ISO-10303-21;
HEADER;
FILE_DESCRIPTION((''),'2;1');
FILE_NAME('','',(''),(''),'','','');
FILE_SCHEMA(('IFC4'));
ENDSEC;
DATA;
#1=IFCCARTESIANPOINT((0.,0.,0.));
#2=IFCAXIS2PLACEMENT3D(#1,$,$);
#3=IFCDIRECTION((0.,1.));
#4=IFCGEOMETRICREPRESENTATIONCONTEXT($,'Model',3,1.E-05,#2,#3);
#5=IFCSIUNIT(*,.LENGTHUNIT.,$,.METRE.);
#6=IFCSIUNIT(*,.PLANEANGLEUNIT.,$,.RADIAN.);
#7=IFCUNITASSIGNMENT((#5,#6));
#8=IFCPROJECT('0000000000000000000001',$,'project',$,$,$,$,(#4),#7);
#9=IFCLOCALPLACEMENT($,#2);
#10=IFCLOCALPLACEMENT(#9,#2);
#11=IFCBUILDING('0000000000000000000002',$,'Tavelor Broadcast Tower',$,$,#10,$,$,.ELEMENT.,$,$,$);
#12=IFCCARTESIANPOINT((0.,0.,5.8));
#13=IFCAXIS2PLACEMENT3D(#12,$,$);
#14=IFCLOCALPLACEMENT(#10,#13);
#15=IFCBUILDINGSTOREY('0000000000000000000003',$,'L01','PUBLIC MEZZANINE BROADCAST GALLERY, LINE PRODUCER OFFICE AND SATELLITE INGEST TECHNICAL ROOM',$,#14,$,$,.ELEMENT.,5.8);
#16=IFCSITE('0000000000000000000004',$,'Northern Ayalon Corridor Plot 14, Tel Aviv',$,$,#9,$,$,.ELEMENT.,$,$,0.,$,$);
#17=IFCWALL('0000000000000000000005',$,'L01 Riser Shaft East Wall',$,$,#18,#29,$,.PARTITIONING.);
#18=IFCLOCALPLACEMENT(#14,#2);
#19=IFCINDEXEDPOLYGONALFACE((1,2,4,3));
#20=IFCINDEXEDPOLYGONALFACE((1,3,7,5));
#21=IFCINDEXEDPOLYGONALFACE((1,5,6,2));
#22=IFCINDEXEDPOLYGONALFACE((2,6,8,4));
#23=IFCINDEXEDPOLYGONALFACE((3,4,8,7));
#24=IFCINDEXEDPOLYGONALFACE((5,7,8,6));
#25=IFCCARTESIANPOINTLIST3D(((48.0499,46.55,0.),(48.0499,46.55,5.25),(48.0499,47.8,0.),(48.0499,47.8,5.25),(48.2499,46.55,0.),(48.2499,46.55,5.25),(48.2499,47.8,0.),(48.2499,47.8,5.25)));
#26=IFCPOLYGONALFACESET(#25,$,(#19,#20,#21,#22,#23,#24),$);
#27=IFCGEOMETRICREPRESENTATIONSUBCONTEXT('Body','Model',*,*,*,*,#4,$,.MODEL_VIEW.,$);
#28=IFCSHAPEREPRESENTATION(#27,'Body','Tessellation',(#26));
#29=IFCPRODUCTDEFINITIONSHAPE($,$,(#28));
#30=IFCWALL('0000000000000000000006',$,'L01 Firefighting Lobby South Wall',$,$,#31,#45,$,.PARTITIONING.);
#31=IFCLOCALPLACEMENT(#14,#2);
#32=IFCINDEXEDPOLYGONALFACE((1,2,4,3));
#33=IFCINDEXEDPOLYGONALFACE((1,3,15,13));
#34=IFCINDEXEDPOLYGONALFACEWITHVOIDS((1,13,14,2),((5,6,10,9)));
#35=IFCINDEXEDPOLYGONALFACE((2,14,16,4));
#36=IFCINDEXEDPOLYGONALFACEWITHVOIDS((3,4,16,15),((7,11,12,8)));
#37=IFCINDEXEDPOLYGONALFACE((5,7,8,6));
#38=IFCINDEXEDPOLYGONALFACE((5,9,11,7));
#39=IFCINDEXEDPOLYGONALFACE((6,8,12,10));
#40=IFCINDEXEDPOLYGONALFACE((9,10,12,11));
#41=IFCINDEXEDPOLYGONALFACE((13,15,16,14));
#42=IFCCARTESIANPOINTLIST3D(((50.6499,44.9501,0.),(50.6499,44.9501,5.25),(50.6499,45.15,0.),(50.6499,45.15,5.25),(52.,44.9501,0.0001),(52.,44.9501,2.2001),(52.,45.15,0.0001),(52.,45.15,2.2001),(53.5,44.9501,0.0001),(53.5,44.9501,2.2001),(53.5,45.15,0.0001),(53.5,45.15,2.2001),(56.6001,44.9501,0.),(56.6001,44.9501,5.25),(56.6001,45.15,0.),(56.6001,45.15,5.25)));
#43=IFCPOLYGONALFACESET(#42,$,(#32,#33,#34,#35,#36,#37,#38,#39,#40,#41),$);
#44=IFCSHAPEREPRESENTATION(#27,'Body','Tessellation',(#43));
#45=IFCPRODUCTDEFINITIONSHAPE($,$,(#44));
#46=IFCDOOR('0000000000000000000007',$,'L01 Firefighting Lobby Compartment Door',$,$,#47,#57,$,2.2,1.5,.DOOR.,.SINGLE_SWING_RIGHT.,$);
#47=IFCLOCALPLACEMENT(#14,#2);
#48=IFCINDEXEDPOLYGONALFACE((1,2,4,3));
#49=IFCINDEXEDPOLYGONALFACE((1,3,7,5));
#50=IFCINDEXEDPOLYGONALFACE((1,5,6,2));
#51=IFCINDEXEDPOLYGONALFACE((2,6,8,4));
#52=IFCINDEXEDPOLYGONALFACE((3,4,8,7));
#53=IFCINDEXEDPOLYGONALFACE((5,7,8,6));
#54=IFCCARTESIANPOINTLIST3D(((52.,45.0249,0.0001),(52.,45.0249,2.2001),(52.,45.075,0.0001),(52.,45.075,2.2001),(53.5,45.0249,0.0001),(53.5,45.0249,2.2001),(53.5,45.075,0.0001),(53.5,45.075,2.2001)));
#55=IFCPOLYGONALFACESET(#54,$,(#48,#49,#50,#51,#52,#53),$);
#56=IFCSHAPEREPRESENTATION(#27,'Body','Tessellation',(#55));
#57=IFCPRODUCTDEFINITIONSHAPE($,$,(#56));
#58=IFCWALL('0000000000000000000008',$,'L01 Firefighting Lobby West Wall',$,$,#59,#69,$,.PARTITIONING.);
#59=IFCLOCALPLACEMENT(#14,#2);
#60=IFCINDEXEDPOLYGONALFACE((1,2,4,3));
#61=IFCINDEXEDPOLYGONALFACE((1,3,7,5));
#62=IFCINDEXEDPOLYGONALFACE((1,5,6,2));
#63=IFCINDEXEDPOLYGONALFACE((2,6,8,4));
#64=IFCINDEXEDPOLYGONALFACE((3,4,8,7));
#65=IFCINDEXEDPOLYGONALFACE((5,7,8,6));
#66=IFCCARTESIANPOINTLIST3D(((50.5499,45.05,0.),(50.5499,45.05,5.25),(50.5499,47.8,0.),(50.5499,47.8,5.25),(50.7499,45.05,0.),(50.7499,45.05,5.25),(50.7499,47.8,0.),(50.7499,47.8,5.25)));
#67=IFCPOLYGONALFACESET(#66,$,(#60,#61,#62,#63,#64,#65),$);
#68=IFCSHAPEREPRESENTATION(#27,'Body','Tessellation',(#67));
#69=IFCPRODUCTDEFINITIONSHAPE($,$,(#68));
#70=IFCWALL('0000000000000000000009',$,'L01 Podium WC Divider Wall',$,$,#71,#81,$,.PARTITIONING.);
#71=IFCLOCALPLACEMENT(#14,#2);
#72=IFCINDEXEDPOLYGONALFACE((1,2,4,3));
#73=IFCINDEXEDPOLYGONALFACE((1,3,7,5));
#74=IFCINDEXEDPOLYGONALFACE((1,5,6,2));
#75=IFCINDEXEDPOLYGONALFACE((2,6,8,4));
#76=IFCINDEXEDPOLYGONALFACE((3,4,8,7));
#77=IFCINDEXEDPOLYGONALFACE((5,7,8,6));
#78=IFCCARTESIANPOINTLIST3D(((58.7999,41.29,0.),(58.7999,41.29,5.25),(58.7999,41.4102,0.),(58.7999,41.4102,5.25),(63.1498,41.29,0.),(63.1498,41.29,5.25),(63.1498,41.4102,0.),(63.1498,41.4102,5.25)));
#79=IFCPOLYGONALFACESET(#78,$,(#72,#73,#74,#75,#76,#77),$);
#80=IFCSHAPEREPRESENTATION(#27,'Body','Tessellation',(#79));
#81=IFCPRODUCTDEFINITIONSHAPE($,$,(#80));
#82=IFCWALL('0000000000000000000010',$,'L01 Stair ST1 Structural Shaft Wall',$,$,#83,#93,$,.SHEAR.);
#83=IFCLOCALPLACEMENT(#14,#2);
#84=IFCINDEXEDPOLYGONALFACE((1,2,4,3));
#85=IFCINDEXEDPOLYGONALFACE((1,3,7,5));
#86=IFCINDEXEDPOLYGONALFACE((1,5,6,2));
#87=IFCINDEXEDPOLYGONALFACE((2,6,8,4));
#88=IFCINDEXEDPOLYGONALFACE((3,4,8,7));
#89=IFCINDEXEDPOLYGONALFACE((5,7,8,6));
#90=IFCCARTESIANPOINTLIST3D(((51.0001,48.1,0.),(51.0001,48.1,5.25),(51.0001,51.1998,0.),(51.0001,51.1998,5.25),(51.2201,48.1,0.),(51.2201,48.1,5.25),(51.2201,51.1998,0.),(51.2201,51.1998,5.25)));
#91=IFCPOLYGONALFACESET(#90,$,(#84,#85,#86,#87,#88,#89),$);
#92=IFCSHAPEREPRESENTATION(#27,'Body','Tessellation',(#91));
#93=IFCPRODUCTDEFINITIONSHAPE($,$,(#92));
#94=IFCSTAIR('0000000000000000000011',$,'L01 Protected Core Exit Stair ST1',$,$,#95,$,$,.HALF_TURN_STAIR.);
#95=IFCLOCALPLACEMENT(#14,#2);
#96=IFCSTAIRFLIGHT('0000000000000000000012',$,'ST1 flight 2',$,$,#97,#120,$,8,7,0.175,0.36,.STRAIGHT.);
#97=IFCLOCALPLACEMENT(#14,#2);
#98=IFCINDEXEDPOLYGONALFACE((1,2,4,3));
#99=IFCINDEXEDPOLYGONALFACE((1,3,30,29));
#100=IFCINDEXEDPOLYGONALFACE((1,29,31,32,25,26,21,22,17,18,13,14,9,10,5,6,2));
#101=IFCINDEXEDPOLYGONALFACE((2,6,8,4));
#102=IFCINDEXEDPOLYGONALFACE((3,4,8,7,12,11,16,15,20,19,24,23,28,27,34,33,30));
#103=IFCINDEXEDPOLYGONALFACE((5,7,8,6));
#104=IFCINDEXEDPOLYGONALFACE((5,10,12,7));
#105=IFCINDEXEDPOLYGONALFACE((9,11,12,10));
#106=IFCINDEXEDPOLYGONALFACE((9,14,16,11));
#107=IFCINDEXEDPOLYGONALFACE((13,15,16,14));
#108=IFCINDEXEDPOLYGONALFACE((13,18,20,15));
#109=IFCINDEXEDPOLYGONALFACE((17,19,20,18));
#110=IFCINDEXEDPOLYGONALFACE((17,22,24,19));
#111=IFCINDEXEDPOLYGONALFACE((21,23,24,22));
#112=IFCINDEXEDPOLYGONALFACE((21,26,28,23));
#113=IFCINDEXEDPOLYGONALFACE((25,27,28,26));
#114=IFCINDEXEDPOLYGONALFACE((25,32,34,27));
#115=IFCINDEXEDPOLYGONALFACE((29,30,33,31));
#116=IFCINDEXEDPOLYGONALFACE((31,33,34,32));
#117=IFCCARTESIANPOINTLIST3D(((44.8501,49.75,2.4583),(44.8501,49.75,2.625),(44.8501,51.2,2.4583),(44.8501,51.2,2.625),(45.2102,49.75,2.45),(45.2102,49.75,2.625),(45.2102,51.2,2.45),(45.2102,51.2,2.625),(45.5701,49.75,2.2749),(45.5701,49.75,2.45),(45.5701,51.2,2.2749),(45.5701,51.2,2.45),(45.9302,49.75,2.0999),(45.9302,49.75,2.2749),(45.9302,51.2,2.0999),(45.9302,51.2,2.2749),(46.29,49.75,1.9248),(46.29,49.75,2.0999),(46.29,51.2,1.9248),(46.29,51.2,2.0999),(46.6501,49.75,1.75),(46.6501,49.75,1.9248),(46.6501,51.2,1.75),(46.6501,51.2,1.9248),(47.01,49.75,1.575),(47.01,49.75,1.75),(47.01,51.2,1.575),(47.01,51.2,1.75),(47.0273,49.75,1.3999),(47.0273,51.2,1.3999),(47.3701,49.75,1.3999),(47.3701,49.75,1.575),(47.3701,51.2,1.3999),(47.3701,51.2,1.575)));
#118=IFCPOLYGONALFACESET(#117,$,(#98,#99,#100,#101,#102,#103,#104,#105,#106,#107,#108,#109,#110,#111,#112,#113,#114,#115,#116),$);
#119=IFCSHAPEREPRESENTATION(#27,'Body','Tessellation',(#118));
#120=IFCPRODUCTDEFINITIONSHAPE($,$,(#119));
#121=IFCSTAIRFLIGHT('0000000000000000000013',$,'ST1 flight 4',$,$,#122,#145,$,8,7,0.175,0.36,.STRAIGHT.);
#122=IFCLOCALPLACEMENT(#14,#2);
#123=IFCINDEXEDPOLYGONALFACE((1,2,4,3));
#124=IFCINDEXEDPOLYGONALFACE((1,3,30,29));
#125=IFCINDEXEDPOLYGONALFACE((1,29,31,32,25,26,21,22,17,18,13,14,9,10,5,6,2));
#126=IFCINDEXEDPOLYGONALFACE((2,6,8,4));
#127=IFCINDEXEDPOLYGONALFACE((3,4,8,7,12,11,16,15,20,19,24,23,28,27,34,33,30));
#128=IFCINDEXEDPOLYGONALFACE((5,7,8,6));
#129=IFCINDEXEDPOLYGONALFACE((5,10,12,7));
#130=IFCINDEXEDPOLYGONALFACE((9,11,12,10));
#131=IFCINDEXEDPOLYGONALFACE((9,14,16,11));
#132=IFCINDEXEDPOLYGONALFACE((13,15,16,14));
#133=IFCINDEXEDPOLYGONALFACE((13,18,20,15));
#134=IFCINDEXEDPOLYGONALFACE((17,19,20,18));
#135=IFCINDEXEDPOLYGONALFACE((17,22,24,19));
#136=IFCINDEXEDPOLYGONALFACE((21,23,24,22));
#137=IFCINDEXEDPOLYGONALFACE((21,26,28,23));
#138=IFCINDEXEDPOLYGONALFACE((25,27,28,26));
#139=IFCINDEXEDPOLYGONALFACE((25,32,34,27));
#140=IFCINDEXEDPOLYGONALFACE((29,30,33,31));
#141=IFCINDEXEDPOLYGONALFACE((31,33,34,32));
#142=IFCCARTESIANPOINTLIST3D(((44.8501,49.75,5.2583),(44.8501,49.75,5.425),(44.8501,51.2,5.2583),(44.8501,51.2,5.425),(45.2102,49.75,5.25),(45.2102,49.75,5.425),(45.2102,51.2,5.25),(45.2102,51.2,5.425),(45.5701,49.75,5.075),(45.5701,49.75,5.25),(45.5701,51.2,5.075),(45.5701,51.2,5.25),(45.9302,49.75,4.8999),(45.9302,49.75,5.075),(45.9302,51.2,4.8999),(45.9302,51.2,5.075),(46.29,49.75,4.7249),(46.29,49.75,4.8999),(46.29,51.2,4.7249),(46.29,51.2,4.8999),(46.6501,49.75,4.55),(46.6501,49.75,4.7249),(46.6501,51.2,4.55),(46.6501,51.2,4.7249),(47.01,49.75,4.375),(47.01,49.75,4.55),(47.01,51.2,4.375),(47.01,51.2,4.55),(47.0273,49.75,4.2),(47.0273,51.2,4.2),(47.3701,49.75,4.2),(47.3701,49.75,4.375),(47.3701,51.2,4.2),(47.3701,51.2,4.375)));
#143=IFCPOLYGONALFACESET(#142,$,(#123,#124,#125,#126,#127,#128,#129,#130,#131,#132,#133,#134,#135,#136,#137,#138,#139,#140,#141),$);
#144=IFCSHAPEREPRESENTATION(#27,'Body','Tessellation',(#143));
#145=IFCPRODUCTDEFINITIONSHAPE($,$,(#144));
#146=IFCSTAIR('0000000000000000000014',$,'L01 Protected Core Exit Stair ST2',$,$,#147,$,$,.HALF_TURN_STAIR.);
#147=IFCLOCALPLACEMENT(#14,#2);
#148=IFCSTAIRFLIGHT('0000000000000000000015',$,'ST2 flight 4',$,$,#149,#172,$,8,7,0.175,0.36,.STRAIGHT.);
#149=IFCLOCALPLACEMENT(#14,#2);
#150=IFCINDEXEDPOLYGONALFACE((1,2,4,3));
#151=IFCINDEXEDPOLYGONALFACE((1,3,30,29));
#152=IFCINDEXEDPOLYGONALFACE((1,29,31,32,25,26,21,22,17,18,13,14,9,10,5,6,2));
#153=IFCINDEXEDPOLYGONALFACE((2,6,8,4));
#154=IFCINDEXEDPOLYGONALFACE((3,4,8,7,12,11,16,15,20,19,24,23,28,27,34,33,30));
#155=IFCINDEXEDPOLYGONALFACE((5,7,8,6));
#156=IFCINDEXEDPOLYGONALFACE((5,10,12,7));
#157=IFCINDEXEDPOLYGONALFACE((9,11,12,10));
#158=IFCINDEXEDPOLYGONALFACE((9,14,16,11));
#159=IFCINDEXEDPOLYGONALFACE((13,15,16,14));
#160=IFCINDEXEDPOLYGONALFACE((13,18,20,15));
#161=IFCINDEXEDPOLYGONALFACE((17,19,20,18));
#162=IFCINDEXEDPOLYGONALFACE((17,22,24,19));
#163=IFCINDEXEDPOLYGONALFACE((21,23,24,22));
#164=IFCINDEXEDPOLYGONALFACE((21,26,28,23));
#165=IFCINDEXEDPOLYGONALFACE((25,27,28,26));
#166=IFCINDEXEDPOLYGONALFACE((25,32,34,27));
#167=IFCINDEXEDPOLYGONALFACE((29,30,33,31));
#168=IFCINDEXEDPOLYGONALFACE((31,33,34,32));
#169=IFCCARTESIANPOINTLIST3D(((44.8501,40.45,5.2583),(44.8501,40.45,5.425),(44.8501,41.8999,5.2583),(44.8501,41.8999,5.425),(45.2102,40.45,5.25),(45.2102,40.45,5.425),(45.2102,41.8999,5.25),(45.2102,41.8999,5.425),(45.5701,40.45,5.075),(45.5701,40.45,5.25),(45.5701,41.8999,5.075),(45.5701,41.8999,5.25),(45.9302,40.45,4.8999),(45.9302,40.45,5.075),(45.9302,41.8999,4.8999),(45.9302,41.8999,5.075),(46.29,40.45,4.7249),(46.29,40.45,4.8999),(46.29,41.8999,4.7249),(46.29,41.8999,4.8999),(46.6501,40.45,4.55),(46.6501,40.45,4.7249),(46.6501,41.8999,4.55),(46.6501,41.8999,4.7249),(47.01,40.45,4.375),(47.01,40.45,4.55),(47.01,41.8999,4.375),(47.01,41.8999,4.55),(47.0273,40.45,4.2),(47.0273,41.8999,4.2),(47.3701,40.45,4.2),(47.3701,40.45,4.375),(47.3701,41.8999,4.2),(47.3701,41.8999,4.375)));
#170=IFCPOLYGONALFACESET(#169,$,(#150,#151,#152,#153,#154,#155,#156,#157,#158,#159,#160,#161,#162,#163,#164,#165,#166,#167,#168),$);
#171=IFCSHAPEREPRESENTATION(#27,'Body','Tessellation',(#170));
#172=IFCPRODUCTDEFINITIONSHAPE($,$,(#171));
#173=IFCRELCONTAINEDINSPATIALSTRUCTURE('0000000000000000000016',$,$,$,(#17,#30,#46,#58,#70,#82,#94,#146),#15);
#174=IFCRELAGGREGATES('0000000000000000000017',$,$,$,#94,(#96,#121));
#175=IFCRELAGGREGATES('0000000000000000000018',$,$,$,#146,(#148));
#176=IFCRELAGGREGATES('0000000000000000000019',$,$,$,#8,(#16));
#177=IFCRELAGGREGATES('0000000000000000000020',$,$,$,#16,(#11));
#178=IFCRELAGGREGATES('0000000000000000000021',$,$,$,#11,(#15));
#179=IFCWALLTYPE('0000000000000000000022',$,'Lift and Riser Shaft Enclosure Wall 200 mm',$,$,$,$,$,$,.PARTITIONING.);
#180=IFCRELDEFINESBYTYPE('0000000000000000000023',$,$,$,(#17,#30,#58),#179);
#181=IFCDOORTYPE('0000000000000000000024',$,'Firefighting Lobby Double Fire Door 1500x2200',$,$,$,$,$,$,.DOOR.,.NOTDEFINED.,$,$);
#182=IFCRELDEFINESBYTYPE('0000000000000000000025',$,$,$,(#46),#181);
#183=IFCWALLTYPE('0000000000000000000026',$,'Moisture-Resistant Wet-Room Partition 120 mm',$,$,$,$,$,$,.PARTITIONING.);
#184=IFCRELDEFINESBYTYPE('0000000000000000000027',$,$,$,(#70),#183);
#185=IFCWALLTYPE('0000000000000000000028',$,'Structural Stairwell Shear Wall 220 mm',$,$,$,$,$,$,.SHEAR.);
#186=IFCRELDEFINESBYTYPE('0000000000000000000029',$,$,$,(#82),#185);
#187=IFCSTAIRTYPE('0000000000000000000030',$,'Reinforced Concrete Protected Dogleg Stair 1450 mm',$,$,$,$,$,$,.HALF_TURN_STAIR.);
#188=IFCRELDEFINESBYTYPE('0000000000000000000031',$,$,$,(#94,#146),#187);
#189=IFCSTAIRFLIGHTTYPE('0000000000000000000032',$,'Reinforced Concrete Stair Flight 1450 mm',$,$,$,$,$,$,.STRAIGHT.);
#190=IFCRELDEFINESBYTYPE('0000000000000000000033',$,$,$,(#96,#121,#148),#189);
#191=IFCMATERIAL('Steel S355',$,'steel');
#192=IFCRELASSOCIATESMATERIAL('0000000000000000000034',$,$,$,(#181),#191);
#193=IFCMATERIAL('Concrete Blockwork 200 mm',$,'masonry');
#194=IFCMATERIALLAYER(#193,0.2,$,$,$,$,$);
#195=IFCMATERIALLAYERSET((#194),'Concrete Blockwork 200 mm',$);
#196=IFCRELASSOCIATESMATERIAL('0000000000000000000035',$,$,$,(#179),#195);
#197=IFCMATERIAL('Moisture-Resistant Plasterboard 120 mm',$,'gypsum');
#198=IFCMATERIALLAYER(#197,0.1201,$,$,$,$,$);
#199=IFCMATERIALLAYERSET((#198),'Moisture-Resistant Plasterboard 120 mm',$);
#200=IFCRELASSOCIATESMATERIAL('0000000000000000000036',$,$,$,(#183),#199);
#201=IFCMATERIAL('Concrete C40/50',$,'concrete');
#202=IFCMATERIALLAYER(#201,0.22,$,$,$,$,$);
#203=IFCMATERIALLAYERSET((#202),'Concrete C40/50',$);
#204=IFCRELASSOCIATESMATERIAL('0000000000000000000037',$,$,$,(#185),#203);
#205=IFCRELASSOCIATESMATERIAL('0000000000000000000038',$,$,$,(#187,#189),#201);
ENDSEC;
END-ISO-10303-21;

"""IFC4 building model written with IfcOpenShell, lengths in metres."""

from ifc_helpers import new_model, si_unit, direction, frame, frame_2d, origin, place, context, subcontext, project, spatial, polyline, rectangle, outline, extrude, material, layer, layer_set, type_object, element, fill, aggregate, save


model = new_model("IFC4")

# Units and contexts
model_context = context("Model", 3, precision=1e-05, world=origin(), true_north=direction((0.0, 1.0)))
body_context = subcontext(model_context, "Body", "Model", "MODEL_VIEW")
ifc_project = project(units=[si_unit("LENGTHUNIT", "METRE"), si_unit("PLANEANGLEUNIT", "RADIAN")], contexts=[model_context])

# Site, building, storey
site_placement = place(None, origin())
site = spatial("IfcSite", under=ifc_project, at=site_placement, Name="Northern Ayalon Corridor Plot 14, Tel Aviv", CompositionType="ELEMENT", RefElevation=0.0)
building_placement = place(site_placement, origin())
building = spatial("IfcBuilding", under=site, at=building_placement, Name="Tavelor Broadcast Tower", CompositionType="ELEMENT")
storey_placement = place(building_placement, frame((0.0, 0.0, 5.8)))
storey = spatial("IfcBuildingStorey", under=building, at=storey_placement, Name="L01", Description="PUBLIC MEZZANINE BROADCAST GALLERY, LINE PRODUCER OFFICE AND SATELLITE INGEST TECHNICAL ROOM", CompositionType="ELEMENT", Elevation=5.8)

# Shared definitions
ifc_material_1 = material(Name="Concrete C40/50", Category="concrete")
ifc_material_2 = material(Name="Steel S355", Category="steel")

# Shared definitions
door_type = type_object("IfcDoorType", Name="Firefighting Lobby Double Fire Door 1500x2200", OperationType="NOTDEFINED", PredefinedType="DOOR", material=ifc_material_2)

# Wall
ifc_material_3 = material(Name="Concrete Blockwork 200 mm", Category="masonry")
ifc_layer_1 = layer(ifc_material_3, 0.2)
ifc_layer_set_1 = layer_set([ifc_layer_1], Name="Concrete Blockwork 200 mm")
wall_type_1 = type_object("IfcWallType", Name="Lift and Riser Shaft Enclosure Wall 200 mm", PredefinedType="PARTITIONING", material=ifc_layer_set_1)
wall_1_placement = place(storey_placement, frame((48.1499, 46.55, 0.0), z_axis=(0.0, 0.0, 1.0), x_axis=(0.0, 1.0, 0.0)))
element("IfcWall", 1, at=wall_1_placement, inside=storey, type_object=wall_type_1, Name="L01 Riser Shaft East Wall", PredefinedType="PARTITIONING", context=body_context, shape_type="SweptSolid", body=[
    extrude(rectangle(XDim=1.25, YDim=0.2, at=frame_2d((0.625, 0.0))), origin(), (0.0, 0.0, 1.0), 5.25),
])

# Wall, opening, door
wall_2_placement = place(storey_placement, frame((50.6499, 45.05, 0.0), z_axis=(0.0, 0.0, 1.0), x_axis=(1.0, 0.0, 0.0)))
wall_2 = element("IfcWall", 2, at=wall_2_placement, inside=storey, type_object=wall_type_1, Name="L01 Firefighting Lobby South Wall", PredefinedType="PARTITIONING", context=body_context, shape_type="SweptSolid", body=[
    extrude(rectangle(XDim=5.9502, YDim=0.2, at=frame_2d((2.9751, 0.0))), origin(), (0.0, 0.0, 1.0), 5.25),
])
opening_1_placement = place(wall_2_placement, frame((1.3501, 0.0, 0.0)))
opening_1 = element("IfcOpeningElement", 3, at=opening_1_placement, cuts=wall_2, PredefinedType="OPENING", context=body_context, shape_type="SweptSolid", body=[
    extrude(rectangle(XDim=1.5, YDim=2.2, at=frame_2d((0.75, 1.1001))), frame((0.0, 0.1099, 0.0), z_axis=(0.0, -1.0, 0.0), x_axis=(1.0, 0.0, 0.0)), (0.0, 0.0, 1.0), 0.22),
])
door_1_placement = place(opening_1_placement, origin())
door_1 = element("IfcDoor", 4, at=door_1_placement, inside=storey, type_object=door_type, Name="L01 Firefighting Lobby Compartment Door", OperationType="SINGLE_SWING_RIGHT", OverallHeight=2.2, OverallWidth=1.5, PredefinedType="DOOR", context=body_context, shape_type="SweptSolid", body=[
    extrude(rectangle(XDim=1.5, YDim=2.2, at=frame_2d((0.75, 1.1001))), frame((0.0, 0.0249, 0.0), z_axis=(0.0, -1.0, 0.0), x_axis=(1.0, 0.0, 0.0)), (0.0, 0.0, 1.0), 0.05),
])
fill(opening_1, door_1)

# Walls
wall_3_placement = place(storey_placement, frame((50.6499, 45.05, 0.0), z_axis=(0.0, 0.0, 1.0), x_axis=(0.0, 1.0, 0.0)))
element("IfcWall", 5, at=wall_3_placement, inside=storey, type_object=wall_type_1, Name="L01 Firefighting Lobby West Wall", PredefinedType="PARTITIONING", context=body_context, shape_type="SweptSolid", body=[
    extrude(rectangle(XDim=2.75, YDim=0.2, at=frame_2d((1.375, 0.0))), origin(), (0.0, 0.0, 1.0), 5.25),
])
ifc_material_4 = material(Name="Moisture-Resistant Plasterboard 120 mm", Category="gypsum")
ifc_layer_2 = layer(ifc_material_4, 0.1201)
ifc_layer_set_2 = layer_set([ifc_layer_2], Name="Moisture-Resistant Plasterboard 120 mm")
wall_type_2 = type_object("IfcWallType", Name="Moisture-Resistant Wet-Room Partition 120 mm", PredefinedType="PARTITIONING", material=ifc_layer_set_2)
wall_4_placement = place(storey_placement, frame((58.8, 41.3501, 0.0), z_axis=(0.0, 0.0, 1.0), x_axis=(1.0, 0.0, 0.0)))
element("IfcWall", 6, at=wall_4_placement, inside=storey, type_object=wall_type_2, Name="L01 Podium WC Divider Wall", PredefinedType="PARTITIONING", context=body_context, shape_type="SweptSolid", body=[
    extrude(rectangle(XDim=4.3499, YDim=0.1201, at=frame_2d((2.1748, 0.0))), origin(), (0.0, 0.0, 1.0), 5.25),
])
ifc_layer_3 = layer(ifc_material_1, 0.22)
ifc_layer_set_3 = layer_set([ifc_layer_3], Name="Concrete C40/50")
wall_type_3 = type_object("IfcWallType", Name="Structural Stairwell Shear Wall 220 mm", PredefinedType="SHEAR", material=ifc_layer_set_3)
wall_5_placement = place(storey_placement, frame((51.1101, 48.1001, 0.0), z_axis=(0.0, 0.0, 1.0), x_axis=(0.0, 1.0, 0.0)))
element("IfcWall", 7, at=wall_5_placement, inside=storey, type_object=wall_type_3, Name="L01 Stair ST1 Structural Shaft Wall", PredefinedType="SHEAR", context=body_context, shape_type="SweptSolid", body=[
    extrude(rectangle(XDim=3.0999, YDim=0.22, at=frame_2d((1.5498, 0.0))), origin(), (0.0, 0.0, 1.0), 5.25),
])

# Stair, stair flights
stair_type = type_object("IfcStairType", Name="Reinforced Concrete Protected Dogleg Stair 1450 mm", PredefinedType="HALF_TURN_STAIR", material=ifc_material_1)
stair_1_placement = place(storey_placement, origin())
stair_1 = element("IfcStair", 8, at=stair_1_placement, inside=storey, type_object=stair_type, Name="L01 Protected Core Exit Stair ST1", PredefinedType="HALF_TURN_STAIR")
stair_flight_type = type_object("IfcStairFlightType", Name="Reinforced Concrete Stair Flight 1450 mm", PredefinedType="STRAIGHT", material=ifc_material_1)
stair_flight_1_placement = place(storey_placement, frame((47.3701, 50.4751, 1.3999), z_axis=(0.0, 0.0, 1.0), x_axis=(-1.0, 0.0, 0.0)))
stair_flight_1 = element("IfcStairFlight", 9, at=stair_flight_1_placement, type_object=stair_flight_type, Name="ST1 flight 2", NumberOfRisers=8, NumberOfTreads=7, PredefinedType="STRAIGHT", RiserHeight=0.175, TreadLength=0.36, context=body_context, shape_type="SweptSolid", body=[
    extrude(outline(polyline([(0.0, 0.0), (0.0, 0.175), (0.3601, 0.175), (0.3601, 0.3501), (0.72, 0.3501), (0.72, 0.5249), (1.0801, 0.5249), (1.0801, 0.7), (1.4399, 0.7), (1.4399, 0.875), (1.8, 0.875), (1.8, 1.05), (2.1599, 1.05), (2.1599, 1.2251), (2.52, 1.2251), (2.52, 1.3999), (2.52, 1.0583), (0.3428, 0.0), (0.0, 0.0)])), frame((0.0, 0.7251, 0.0), z_axis=(0.0, -1.0, 0.0), x_axis=(1.0, 0.0, 0.0)), (0.0, 0.0, 1.0), 1.45),
])
stair_flight_2_placement = place(storey_placement, frame((47.3701, 50.4751, 4.2), z_axis=(0.0, 0.0, 1.0), x_axis=(-1.0, 0.0, 0.0)))
stair_flight_2 = element("IfcStairFlight", 10, at=stair_flight_2_placement, type_object=stair_flight_type, Name="ST1 flight 4", NumberOfRisers=8, NumberOfTreads=7, PredefinedType="STRAIGHT", RiserHeight=0.175, TreadLength=0.36, context=body_context, shape_type="SweptSolid", body=[
    extrude(outline(polyline([(0.0, 0.0), (0.0, 0.175), (0.3601, 0.175), (0.3601, 0.3501), (0.72, 0.3501), (0.72, 0.5249), (1.0801, 0.5249), (1.0801, 0.7), (1.4399, 0.7), (1.4399, 0.875), (1.8, 0.875), (1.8, 1.05), (2.1599, 1.05), (2.1599, 1.2251), (2.52, 1.2251), (2.52, 1.3999), (2.52, 1.0583), (0.3428, 0.0), (0.0, 0.0)])), frame((0.0, 0.7251, 0.0), z_axis=(0.0, -1.0, 0.0), x_axis=(1.0, 0.0, 0.0)), (0.0, 0.0, 1.0), 1.45),
])
aggregate(stair_1, [stair_flight_1, stair_flight_2])

# Stair, stair flight
stair_2_placement = place(storey_placement, origin())
stair_2 = element("IfcStair", 11, at=stair_2_placement, inside=storey, type_object=stair_type, Name="L01 Protected Core Exit Stair ST2", PredefinedType="HALF_TURN_STAIR")
stair_flight_3_placement = place(storey_placement, frame((47.3701, 41.175, 4.2), z_axis=(0.0, 0.0, 1.0), x_axis=(-1.0, 0.0, 0.0)))
stair_flight_3 = element("IfcStairFlight", 12, at=stair_flight_3_placement, type_object=stair_flight_type, Name="ST2 flight 4", NumberOfRisers=8, NumberOfTreads=7, PredefinedType="STRAIGHT", RiserHeight=0.175, TreadLength=0.36, context=body_context, shape_type="SweptSolid", body=[
    extrude(outline(polyline([(0.0, 0.0), (0.0, 0.175), (0.3601, 0.175), (0.3601, 0.3501), (0.72, 0.3501), (0.72, 0.5249), (1.0801, 0.5249), (1.0801, 0.7), (1.4399, 0.7), (1.4399, 0.875), (1.8, 0.875), (1.8, 1.05), (2.1599, 1.05), (2.1599, 1.2251), (2.52, 1.2251), (2.52, 1.3999), (2.52, 1.0583), (0.3428, 0.0), (0.0, 0.0)])), frame((0.0, 0.7251, 0.0), z_axis=(0.0, -1.0, 0.0), x_axis=(1.0, 0.0, 0.0)), (0.0, 0.0, 1.0), 1.45),
])
aggregate(stair_2, [stair_flight_3])

save(model, "model.ifc")
